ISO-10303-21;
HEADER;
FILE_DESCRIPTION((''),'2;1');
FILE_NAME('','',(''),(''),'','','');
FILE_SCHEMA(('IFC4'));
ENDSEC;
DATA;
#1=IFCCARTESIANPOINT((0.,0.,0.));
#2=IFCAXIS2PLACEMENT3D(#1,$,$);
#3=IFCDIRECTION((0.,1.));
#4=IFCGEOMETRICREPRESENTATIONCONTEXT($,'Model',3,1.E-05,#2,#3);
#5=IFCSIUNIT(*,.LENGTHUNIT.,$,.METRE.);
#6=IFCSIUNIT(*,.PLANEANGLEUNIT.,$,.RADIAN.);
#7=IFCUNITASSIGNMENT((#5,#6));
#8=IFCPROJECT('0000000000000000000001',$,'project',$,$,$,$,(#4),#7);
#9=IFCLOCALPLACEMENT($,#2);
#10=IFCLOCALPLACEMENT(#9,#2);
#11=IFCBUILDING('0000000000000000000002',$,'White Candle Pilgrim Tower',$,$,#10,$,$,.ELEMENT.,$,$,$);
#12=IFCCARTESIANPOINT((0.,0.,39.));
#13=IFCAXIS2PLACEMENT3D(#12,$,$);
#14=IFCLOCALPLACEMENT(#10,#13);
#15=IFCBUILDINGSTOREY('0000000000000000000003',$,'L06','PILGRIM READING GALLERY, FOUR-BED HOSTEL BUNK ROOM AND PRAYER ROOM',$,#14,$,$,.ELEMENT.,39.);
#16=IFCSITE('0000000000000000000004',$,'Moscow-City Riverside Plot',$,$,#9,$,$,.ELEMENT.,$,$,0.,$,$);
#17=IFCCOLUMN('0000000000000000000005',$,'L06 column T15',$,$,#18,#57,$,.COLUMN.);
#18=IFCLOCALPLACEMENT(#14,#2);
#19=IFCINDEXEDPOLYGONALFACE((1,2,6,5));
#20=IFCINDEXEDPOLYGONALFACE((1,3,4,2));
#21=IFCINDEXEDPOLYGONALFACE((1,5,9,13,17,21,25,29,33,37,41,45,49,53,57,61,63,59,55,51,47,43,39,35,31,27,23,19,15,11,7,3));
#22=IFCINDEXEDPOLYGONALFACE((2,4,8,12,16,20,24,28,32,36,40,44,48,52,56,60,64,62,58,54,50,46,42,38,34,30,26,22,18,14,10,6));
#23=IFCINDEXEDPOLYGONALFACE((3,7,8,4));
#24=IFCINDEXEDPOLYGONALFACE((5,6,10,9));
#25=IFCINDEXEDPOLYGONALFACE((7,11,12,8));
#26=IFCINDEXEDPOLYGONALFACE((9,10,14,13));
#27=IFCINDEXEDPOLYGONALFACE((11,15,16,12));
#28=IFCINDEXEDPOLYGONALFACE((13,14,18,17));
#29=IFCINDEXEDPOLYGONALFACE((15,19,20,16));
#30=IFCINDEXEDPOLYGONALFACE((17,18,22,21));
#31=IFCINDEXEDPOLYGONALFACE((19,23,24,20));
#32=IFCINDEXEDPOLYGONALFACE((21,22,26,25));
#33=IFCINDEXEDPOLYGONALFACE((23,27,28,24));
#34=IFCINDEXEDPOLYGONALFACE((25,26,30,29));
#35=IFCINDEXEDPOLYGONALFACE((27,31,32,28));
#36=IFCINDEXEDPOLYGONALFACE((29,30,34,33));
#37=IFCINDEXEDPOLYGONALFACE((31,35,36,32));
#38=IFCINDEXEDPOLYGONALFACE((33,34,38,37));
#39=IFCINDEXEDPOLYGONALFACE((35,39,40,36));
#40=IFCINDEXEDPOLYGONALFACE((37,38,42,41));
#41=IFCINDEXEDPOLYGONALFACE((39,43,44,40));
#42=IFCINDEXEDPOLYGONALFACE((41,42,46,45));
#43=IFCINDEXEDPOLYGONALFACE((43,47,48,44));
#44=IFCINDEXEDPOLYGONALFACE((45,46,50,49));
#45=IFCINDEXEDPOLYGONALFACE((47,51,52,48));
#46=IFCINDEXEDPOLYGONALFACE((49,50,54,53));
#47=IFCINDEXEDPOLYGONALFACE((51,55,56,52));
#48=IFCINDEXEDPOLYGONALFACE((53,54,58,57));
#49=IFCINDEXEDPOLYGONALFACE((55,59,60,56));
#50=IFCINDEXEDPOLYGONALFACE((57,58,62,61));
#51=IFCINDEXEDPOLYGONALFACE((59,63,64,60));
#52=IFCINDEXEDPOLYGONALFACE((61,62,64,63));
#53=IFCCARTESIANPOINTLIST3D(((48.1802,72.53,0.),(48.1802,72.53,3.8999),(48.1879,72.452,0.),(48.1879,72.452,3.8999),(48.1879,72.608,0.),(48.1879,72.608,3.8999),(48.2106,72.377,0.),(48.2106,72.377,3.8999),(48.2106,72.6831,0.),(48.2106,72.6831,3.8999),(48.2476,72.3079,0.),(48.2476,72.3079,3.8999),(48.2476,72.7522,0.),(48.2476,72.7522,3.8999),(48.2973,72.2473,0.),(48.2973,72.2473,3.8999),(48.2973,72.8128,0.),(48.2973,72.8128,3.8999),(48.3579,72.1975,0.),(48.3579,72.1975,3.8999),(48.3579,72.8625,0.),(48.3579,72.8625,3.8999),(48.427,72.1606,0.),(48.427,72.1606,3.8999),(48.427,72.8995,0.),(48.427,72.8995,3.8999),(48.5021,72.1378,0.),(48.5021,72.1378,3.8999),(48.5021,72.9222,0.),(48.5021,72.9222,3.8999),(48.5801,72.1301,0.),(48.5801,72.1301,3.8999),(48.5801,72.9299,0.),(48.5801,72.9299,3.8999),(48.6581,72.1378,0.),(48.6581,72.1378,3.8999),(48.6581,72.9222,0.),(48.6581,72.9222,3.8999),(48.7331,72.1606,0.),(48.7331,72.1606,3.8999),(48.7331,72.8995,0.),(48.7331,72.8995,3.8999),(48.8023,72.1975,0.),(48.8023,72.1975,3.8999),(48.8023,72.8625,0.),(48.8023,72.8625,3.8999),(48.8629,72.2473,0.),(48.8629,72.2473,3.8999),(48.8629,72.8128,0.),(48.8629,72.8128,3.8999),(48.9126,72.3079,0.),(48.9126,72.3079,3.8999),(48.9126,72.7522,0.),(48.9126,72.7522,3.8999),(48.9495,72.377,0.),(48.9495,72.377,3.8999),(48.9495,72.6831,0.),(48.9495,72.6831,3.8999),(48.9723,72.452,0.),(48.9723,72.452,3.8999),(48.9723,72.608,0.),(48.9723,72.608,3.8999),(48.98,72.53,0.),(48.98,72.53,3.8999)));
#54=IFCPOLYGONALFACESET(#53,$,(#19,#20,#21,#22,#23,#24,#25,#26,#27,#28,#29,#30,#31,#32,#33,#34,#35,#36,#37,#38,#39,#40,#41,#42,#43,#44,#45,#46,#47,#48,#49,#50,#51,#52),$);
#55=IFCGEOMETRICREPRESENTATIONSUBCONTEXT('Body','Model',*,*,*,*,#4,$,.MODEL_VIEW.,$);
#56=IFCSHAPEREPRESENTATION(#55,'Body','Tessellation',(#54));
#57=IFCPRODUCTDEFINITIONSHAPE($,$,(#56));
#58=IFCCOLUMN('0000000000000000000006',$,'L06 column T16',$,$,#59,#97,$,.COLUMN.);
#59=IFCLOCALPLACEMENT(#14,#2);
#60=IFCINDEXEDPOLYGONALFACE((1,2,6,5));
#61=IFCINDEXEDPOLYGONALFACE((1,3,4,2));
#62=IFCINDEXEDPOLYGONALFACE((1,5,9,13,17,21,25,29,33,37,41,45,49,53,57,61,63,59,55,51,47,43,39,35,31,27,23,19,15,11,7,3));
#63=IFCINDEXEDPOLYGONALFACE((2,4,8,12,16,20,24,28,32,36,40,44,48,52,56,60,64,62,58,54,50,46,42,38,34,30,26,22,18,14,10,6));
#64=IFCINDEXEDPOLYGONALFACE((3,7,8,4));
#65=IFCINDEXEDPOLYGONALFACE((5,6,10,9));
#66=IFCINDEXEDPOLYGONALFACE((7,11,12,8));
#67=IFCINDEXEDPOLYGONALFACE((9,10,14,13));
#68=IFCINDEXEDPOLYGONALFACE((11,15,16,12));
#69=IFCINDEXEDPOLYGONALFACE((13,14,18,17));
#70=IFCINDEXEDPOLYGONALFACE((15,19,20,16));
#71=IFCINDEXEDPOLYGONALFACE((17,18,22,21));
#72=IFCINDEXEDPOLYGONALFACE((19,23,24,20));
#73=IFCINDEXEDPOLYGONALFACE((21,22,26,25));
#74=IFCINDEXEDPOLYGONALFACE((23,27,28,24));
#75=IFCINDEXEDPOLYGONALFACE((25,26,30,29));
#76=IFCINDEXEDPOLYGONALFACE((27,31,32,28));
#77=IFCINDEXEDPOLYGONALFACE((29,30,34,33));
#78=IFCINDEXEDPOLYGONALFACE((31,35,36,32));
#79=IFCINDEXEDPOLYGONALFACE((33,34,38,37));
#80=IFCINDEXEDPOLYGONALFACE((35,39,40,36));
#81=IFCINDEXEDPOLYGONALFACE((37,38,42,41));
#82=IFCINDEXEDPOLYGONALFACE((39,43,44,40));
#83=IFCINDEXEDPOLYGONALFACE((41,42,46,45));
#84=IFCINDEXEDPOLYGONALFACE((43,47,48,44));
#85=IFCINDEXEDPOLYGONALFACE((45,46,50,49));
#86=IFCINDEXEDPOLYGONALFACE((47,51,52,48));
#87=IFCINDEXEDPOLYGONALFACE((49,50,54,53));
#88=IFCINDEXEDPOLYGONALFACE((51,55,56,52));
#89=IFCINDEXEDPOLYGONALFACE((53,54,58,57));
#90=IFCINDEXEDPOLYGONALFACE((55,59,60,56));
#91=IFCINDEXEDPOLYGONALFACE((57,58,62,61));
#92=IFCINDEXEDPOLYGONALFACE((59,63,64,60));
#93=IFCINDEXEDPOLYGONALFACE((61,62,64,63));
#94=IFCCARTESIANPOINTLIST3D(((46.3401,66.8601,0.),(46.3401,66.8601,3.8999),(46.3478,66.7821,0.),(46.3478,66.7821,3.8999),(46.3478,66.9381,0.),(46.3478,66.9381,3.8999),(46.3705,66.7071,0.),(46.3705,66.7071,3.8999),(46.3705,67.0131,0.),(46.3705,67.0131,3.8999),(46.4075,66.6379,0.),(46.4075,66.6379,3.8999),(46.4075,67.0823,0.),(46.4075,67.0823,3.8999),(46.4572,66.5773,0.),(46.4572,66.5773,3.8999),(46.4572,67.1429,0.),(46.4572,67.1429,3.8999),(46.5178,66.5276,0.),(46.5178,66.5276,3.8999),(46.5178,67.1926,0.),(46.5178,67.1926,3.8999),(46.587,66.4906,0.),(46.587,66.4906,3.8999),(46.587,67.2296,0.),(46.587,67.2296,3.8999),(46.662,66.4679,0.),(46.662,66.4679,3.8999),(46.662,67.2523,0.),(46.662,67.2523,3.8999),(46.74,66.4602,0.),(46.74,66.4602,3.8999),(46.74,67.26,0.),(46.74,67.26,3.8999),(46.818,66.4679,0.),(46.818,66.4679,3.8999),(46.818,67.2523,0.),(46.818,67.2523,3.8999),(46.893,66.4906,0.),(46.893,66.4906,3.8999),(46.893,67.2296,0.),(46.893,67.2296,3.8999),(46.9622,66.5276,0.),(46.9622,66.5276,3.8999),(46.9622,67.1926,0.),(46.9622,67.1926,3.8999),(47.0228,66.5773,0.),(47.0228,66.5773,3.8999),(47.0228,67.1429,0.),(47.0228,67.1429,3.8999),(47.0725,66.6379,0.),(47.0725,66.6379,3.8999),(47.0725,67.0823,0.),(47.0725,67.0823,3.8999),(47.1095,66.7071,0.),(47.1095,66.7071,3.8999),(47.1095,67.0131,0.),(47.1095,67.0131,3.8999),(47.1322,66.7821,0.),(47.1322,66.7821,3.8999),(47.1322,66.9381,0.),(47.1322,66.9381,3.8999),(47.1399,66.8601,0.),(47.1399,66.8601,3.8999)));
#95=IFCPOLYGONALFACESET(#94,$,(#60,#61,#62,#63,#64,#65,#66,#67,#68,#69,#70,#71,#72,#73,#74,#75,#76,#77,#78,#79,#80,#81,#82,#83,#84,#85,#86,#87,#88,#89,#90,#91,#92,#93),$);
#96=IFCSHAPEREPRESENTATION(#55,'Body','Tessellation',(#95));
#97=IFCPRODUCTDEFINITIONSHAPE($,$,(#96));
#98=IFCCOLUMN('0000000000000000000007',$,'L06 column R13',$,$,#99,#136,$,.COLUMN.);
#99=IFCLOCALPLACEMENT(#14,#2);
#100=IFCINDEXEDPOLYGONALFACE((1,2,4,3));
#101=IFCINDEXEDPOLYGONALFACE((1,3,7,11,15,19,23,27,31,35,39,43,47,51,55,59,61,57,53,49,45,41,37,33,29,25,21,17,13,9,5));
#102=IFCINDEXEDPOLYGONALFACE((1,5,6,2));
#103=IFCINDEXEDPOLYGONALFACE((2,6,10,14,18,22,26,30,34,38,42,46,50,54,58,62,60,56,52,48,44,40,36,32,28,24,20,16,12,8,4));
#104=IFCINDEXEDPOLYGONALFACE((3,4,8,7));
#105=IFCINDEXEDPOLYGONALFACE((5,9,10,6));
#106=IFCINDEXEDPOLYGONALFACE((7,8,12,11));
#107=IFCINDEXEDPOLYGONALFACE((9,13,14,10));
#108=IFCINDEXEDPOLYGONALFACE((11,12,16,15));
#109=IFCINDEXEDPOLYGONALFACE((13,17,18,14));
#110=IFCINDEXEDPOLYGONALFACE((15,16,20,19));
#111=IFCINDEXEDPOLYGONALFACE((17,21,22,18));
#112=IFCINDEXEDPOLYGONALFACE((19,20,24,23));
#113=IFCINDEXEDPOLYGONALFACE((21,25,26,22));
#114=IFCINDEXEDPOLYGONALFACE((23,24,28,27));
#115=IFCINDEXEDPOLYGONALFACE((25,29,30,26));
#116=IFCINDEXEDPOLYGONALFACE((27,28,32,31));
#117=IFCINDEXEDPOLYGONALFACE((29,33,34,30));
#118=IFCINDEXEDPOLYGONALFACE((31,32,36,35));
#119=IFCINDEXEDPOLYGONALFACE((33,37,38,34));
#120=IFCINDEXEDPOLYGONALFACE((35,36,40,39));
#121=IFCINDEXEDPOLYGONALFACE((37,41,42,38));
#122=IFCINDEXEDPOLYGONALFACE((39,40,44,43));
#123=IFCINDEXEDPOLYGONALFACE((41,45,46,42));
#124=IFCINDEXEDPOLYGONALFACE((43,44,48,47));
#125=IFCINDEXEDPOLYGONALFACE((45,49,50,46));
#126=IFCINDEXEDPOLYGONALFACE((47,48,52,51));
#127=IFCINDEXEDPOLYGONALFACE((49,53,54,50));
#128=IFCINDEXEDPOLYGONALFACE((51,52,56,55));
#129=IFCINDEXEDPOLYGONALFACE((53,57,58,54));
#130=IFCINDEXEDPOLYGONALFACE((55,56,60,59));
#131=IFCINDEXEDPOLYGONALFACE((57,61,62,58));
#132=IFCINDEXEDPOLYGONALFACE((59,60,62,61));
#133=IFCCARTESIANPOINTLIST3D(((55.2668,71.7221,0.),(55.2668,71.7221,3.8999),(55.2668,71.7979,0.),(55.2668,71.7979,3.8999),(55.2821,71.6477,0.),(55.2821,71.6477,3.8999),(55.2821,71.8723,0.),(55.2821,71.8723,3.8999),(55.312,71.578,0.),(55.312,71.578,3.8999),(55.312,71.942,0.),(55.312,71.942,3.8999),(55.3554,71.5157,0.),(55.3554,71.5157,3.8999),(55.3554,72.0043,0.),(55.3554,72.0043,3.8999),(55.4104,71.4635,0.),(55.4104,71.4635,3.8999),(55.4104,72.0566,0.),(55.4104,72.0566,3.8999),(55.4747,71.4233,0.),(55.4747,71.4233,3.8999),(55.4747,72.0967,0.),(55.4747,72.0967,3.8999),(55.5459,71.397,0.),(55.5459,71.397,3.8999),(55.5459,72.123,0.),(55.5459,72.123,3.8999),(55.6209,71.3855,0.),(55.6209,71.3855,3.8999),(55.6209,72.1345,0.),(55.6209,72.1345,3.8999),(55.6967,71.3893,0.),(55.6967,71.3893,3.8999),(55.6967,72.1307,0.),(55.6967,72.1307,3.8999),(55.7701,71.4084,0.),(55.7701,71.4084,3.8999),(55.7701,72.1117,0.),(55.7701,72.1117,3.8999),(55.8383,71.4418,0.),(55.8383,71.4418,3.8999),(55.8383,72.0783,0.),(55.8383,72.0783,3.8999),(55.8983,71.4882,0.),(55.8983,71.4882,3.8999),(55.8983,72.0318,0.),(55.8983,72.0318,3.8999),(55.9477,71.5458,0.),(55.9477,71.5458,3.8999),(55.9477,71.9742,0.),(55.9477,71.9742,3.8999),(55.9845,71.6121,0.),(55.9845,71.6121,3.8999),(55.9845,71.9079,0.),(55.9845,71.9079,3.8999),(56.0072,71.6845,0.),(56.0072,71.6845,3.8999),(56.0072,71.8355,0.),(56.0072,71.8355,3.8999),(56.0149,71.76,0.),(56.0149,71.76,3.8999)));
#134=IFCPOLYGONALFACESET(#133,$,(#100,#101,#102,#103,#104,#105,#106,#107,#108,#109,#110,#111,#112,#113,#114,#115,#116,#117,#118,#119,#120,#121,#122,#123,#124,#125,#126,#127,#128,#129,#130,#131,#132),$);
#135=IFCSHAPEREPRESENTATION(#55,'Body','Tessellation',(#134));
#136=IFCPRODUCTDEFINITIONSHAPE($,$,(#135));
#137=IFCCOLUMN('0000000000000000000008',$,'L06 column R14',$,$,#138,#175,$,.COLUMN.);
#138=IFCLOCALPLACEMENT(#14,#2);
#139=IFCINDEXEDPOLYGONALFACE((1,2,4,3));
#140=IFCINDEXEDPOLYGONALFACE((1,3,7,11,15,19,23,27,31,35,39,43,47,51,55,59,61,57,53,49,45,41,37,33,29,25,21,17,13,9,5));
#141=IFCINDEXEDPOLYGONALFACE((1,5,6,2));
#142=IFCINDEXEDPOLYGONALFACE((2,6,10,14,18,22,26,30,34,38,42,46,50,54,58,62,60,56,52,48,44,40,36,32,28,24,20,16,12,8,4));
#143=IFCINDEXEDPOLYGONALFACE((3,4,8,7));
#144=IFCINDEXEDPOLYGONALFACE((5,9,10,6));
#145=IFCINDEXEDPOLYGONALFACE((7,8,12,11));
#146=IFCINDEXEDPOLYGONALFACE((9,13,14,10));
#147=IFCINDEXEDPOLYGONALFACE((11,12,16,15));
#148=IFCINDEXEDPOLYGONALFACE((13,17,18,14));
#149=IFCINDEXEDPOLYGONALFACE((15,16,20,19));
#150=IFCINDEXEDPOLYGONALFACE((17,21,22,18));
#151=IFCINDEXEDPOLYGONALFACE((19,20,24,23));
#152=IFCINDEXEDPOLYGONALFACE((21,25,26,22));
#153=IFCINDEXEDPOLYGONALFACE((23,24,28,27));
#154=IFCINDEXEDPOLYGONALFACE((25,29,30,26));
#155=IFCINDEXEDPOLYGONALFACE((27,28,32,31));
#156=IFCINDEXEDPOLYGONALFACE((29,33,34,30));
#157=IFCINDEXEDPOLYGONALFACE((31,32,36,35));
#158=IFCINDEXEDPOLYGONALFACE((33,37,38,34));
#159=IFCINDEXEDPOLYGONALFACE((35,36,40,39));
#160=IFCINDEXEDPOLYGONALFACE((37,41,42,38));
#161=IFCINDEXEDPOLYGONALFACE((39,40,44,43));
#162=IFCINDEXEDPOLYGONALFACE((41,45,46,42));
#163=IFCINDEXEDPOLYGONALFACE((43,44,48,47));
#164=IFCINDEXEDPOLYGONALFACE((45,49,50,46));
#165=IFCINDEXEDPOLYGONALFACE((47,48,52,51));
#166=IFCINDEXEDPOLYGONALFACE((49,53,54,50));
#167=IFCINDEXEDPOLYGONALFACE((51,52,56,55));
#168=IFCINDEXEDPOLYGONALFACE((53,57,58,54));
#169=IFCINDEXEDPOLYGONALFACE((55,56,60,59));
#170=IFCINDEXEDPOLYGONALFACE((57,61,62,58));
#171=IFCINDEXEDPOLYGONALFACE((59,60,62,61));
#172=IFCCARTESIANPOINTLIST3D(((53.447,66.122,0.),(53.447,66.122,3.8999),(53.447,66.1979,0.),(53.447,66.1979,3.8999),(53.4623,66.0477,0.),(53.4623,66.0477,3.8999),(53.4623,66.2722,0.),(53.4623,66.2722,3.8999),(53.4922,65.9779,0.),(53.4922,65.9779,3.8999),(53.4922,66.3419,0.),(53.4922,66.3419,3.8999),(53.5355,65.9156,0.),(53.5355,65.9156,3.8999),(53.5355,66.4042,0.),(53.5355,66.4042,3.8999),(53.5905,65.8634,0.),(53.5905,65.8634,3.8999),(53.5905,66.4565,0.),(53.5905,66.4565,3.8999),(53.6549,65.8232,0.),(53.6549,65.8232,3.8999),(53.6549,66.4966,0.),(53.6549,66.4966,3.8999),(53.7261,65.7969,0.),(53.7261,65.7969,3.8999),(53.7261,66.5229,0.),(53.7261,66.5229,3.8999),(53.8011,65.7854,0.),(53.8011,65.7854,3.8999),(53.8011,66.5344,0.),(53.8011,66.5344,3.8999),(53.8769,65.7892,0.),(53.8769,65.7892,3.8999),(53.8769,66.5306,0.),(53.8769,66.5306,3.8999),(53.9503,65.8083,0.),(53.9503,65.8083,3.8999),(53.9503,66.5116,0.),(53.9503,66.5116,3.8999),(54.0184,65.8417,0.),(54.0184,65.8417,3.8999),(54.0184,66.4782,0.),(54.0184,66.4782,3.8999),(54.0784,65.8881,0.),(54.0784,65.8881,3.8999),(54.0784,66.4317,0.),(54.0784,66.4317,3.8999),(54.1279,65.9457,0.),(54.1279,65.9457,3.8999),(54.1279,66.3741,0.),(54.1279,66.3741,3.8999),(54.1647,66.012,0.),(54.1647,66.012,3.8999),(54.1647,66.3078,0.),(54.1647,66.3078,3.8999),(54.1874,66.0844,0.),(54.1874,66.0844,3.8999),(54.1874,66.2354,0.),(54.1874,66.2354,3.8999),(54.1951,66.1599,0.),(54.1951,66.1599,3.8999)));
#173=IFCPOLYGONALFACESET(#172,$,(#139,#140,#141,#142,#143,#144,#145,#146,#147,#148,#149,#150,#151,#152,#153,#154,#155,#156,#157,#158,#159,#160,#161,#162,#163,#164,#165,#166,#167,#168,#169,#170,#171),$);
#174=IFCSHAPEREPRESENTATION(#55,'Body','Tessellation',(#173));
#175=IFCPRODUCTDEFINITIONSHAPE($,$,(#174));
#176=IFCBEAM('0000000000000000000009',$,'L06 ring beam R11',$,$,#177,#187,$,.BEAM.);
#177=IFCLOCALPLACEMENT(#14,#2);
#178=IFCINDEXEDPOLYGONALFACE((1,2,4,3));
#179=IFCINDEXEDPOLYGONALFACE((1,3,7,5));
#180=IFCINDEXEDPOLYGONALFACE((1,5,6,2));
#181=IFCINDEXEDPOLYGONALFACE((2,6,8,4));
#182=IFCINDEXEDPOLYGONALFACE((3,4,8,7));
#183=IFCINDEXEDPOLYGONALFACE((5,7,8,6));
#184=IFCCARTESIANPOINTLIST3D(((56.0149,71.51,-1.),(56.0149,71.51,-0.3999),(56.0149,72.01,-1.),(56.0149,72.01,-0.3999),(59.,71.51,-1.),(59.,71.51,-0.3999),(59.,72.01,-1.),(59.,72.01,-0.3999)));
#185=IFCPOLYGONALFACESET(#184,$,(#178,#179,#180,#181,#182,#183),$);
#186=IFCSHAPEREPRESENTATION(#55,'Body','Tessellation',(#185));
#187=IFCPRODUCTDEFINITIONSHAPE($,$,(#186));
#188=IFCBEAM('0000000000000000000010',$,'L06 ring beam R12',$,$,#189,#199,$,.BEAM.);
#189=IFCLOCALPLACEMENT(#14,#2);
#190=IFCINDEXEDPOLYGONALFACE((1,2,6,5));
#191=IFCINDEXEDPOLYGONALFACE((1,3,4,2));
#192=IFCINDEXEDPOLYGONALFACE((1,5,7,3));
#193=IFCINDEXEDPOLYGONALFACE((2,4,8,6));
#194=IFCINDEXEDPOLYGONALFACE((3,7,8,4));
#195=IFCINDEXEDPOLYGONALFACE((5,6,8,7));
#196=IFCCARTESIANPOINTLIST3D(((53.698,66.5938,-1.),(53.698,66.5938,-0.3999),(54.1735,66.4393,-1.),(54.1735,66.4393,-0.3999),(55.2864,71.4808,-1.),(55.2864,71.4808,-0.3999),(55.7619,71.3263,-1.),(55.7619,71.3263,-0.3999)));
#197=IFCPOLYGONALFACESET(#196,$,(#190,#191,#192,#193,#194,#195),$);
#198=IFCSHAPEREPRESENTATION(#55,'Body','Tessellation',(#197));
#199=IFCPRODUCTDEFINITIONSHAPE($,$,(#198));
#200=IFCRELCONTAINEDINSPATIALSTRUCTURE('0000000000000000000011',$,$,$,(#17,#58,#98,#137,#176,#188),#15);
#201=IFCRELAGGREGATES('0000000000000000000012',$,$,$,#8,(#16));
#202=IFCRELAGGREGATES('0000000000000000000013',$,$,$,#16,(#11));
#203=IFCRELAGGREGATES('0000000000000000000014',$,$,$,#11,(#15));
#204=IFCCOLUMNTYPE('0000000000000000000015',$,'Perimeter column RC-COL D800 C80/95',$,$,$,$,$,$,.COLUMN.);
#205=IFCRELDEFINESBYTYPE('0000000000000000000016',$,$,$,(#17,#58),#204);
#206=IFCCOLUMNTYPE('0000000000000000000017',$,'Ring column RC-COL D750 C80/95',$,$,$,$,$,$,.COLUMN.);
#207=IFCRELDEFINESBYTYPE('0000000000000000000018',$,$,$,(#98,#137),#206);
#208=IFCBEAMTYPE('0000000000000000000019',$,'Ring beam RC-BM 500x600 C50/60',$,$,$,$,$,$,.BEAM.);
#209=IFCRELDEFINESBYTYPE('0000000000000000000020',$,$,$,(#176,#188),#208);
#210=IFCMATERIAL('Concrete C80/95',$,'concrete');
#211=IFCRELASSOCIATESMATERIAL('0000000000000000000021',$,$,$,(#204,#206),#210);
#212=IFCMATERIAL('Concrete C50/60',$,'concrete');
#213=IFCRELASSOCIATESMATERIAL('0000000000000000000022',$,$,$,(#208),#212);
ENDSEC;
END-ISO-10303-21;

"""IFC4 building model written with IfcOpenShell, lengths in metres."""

from ifc_helpers import new_model, si_unit, direction, frame, origin, origin_2d, place, context, subcontext, project, spatial, rectangle, circle, extrude, material, material_profile, profile_set, type_object, element, save


model = new_model("IFC4")

# Units and contexts
model_context = context("Model", 3, precision=1e-05, world=origin(), true_north=direction((0.0, 1.0)))
body_context = subcontext(model_context, "Body", "Model", "MODEL_VIEW")
ifc_project = project(units=[si_unit("LENGTHUNIT", "METRE"), si_unit("PLANEANGLEUNIT", "RADIAN")], contexts=[model_context])

# Site, building, storey
site_placement = place(None, origin())
site = spatial("IfcSite", under=ifc_project, at=site_placement, Name="Moscow-City Riverside Plot", CompositionType="ELEMENT", RefElevation=0.0)
building_placement = place(site_placement, origin())
building = spatial("IfcBuilding", under=site, at=building_placement, Name="White Candle Pilgrim Tower", CompositionType="ELEMENT")
storey_placement = place(building_placement, frame((0.0, 0.0, 39.0)))
storey = spatial("IfcBuildingStorey", under=building, at=storey_placement, Name="L06", Description="PILGRIM READING GALLERY, FOUR-BED HOSTEL BUNK ROOM AND PRAYER ROOM", CompositionType="ELEMENT", Elevation=39.0)

# Columns
ifc_material_1 = material(Name="Concrete C80/95", Category="concrete")
ifc_material_profile_1 = material_profile(ifc_material_1, circle(Radius=0.3999, at=origin_2d()), Name="RC-COL D800")
ifc_profile_set_1 = profile_set([ifc_material_profile_1], Name="Concrete C80/95")
column_type_1 = type_object("IfcColumnType", Name="Perimeter column RC-COL D800 C80/95", PredefinedType="COLUMN", material=ifc_profile_set_1)
for number, where, z_axis, x_axis, name in (
    (1, (48.5801, 72.53, 0.0), (0.0, 0.0, 1.0), (1.0, 0.0, 0.0), "L06 column T15"),
    (2, (46.74, 66.8601, 0.0), (0.0, 0.0, 1.0), (1.0, 0.0, 0.0), "L06 column T16"),
):
    element("IfcColumn", number, at=place(storey_placement, frame(where, z_axis=z_axis, x_axis=x_axis)), inside=storey, type_object=column_type_1, Name=name, PredefinedType="COLUMN", context=body_context, shape_type="SweptSolid", body=[
        extrude(circle(Radius=0.3999, at=origin_2d()), origin(), (0.0, 0.0, 1.0), 3.8999),
    ])
ifc_material_profile_2 = material_profile(ifc_material_1, circle(Radius=0.375, at=origin_2d()), Name="RC-COL D750")
ifc_profile_set_2 = profile_set([ifc_material_profile_2], Name="Concrete C80/95")
column_type_2 = type_object("IfcColumnType", Name="Ring column RC-COL D750 C80/95", PredefinedType="COLUMN", material=ifc_profile_set_2)
for number, where, z_axis, x_axis, name in (
    (3, (55.6399, 71.76, 0.0), (0.0, 0.0, 1.0), (1.0, 0.0, 0.0), "L06 column R13"),
    (4, (53.8201, 66.1599, 0.0), (0.0, 0.0, 1.0), (1.0, 0.0, 0.0), "L06 column R14"),
):
    element("IfcColumn", number, at=place(storey_placement, frame(where, z_axis=z_axis, x_axis=x_axis)), inside=storey, type_object=column_type_2, Name=name, PredefinedType="COLUMN", context=body_context, shape_type="SweptSolid", body=[
        extrude(circle(Radius=0.375, at=origin_2d()), origin(), (0.0, 0.0, 1.0), 3.8999),
    ])

# Beams
ifc_material_2 = material(Name="Concrete C50/60", Category="concrete")
ifc_material_profile_3 = material_profile(ifc_material_2, rectangle(XDim=0.5, YDim=0.6001, at=origin_2d()), Name="RC-BM 500x600")
ifc_profile_set_3 = profile_set([ifc_material_profile_3], Name="Concrete C50/60")
beam_type_1 = type_object("IfcBeamType", Name="Ring beam RC-BM 500x600 C50/60", PredefinedType="BEAM", material=ifc_profile_set_3)
beam_1_placement = place(storey_placement, frame((56.0149, 71.76, -0.7), z_axis=(1.0, 0.0, 0.0), x_axis=(0.0, 1.0, 0.0)))
element("IfcBeam", 5, at=beam_1_placement, inside=storey, type_object=beam_type_1, Name="L06 ring beam R11", PredefinedType="BEAM", context=body_context, shape_type="SweptSolid", body=[
    extrude(rectangle(XDim=0.5, YDim=0.6001, at=origin_2d()), origin(), (0.0, 0.0, 1.0), 2.9851),
])
beam_2_placement = place(storey_placement, frame((55.5242, 71.4036, -0.7), z_axis=(-0.309106, -0.951027, 0.0), x_axis=(0.951027, -0.309106, 0.0)))
element("IfcBeam", 6, at=beam_2_placement, inside=storey, type_object=beam_type_1, Name="L06 ring beam R12", PredefinedType="BEAM", context=body_context, shape_type="SweptSolid", body=[
    extrude(rectangle(XDim=0.5, YDim=0.6001, at=origin_2d()), origin(), (0.0, 0.0, 1.0), 5.1387),
])

save(model, "model.ifc")
